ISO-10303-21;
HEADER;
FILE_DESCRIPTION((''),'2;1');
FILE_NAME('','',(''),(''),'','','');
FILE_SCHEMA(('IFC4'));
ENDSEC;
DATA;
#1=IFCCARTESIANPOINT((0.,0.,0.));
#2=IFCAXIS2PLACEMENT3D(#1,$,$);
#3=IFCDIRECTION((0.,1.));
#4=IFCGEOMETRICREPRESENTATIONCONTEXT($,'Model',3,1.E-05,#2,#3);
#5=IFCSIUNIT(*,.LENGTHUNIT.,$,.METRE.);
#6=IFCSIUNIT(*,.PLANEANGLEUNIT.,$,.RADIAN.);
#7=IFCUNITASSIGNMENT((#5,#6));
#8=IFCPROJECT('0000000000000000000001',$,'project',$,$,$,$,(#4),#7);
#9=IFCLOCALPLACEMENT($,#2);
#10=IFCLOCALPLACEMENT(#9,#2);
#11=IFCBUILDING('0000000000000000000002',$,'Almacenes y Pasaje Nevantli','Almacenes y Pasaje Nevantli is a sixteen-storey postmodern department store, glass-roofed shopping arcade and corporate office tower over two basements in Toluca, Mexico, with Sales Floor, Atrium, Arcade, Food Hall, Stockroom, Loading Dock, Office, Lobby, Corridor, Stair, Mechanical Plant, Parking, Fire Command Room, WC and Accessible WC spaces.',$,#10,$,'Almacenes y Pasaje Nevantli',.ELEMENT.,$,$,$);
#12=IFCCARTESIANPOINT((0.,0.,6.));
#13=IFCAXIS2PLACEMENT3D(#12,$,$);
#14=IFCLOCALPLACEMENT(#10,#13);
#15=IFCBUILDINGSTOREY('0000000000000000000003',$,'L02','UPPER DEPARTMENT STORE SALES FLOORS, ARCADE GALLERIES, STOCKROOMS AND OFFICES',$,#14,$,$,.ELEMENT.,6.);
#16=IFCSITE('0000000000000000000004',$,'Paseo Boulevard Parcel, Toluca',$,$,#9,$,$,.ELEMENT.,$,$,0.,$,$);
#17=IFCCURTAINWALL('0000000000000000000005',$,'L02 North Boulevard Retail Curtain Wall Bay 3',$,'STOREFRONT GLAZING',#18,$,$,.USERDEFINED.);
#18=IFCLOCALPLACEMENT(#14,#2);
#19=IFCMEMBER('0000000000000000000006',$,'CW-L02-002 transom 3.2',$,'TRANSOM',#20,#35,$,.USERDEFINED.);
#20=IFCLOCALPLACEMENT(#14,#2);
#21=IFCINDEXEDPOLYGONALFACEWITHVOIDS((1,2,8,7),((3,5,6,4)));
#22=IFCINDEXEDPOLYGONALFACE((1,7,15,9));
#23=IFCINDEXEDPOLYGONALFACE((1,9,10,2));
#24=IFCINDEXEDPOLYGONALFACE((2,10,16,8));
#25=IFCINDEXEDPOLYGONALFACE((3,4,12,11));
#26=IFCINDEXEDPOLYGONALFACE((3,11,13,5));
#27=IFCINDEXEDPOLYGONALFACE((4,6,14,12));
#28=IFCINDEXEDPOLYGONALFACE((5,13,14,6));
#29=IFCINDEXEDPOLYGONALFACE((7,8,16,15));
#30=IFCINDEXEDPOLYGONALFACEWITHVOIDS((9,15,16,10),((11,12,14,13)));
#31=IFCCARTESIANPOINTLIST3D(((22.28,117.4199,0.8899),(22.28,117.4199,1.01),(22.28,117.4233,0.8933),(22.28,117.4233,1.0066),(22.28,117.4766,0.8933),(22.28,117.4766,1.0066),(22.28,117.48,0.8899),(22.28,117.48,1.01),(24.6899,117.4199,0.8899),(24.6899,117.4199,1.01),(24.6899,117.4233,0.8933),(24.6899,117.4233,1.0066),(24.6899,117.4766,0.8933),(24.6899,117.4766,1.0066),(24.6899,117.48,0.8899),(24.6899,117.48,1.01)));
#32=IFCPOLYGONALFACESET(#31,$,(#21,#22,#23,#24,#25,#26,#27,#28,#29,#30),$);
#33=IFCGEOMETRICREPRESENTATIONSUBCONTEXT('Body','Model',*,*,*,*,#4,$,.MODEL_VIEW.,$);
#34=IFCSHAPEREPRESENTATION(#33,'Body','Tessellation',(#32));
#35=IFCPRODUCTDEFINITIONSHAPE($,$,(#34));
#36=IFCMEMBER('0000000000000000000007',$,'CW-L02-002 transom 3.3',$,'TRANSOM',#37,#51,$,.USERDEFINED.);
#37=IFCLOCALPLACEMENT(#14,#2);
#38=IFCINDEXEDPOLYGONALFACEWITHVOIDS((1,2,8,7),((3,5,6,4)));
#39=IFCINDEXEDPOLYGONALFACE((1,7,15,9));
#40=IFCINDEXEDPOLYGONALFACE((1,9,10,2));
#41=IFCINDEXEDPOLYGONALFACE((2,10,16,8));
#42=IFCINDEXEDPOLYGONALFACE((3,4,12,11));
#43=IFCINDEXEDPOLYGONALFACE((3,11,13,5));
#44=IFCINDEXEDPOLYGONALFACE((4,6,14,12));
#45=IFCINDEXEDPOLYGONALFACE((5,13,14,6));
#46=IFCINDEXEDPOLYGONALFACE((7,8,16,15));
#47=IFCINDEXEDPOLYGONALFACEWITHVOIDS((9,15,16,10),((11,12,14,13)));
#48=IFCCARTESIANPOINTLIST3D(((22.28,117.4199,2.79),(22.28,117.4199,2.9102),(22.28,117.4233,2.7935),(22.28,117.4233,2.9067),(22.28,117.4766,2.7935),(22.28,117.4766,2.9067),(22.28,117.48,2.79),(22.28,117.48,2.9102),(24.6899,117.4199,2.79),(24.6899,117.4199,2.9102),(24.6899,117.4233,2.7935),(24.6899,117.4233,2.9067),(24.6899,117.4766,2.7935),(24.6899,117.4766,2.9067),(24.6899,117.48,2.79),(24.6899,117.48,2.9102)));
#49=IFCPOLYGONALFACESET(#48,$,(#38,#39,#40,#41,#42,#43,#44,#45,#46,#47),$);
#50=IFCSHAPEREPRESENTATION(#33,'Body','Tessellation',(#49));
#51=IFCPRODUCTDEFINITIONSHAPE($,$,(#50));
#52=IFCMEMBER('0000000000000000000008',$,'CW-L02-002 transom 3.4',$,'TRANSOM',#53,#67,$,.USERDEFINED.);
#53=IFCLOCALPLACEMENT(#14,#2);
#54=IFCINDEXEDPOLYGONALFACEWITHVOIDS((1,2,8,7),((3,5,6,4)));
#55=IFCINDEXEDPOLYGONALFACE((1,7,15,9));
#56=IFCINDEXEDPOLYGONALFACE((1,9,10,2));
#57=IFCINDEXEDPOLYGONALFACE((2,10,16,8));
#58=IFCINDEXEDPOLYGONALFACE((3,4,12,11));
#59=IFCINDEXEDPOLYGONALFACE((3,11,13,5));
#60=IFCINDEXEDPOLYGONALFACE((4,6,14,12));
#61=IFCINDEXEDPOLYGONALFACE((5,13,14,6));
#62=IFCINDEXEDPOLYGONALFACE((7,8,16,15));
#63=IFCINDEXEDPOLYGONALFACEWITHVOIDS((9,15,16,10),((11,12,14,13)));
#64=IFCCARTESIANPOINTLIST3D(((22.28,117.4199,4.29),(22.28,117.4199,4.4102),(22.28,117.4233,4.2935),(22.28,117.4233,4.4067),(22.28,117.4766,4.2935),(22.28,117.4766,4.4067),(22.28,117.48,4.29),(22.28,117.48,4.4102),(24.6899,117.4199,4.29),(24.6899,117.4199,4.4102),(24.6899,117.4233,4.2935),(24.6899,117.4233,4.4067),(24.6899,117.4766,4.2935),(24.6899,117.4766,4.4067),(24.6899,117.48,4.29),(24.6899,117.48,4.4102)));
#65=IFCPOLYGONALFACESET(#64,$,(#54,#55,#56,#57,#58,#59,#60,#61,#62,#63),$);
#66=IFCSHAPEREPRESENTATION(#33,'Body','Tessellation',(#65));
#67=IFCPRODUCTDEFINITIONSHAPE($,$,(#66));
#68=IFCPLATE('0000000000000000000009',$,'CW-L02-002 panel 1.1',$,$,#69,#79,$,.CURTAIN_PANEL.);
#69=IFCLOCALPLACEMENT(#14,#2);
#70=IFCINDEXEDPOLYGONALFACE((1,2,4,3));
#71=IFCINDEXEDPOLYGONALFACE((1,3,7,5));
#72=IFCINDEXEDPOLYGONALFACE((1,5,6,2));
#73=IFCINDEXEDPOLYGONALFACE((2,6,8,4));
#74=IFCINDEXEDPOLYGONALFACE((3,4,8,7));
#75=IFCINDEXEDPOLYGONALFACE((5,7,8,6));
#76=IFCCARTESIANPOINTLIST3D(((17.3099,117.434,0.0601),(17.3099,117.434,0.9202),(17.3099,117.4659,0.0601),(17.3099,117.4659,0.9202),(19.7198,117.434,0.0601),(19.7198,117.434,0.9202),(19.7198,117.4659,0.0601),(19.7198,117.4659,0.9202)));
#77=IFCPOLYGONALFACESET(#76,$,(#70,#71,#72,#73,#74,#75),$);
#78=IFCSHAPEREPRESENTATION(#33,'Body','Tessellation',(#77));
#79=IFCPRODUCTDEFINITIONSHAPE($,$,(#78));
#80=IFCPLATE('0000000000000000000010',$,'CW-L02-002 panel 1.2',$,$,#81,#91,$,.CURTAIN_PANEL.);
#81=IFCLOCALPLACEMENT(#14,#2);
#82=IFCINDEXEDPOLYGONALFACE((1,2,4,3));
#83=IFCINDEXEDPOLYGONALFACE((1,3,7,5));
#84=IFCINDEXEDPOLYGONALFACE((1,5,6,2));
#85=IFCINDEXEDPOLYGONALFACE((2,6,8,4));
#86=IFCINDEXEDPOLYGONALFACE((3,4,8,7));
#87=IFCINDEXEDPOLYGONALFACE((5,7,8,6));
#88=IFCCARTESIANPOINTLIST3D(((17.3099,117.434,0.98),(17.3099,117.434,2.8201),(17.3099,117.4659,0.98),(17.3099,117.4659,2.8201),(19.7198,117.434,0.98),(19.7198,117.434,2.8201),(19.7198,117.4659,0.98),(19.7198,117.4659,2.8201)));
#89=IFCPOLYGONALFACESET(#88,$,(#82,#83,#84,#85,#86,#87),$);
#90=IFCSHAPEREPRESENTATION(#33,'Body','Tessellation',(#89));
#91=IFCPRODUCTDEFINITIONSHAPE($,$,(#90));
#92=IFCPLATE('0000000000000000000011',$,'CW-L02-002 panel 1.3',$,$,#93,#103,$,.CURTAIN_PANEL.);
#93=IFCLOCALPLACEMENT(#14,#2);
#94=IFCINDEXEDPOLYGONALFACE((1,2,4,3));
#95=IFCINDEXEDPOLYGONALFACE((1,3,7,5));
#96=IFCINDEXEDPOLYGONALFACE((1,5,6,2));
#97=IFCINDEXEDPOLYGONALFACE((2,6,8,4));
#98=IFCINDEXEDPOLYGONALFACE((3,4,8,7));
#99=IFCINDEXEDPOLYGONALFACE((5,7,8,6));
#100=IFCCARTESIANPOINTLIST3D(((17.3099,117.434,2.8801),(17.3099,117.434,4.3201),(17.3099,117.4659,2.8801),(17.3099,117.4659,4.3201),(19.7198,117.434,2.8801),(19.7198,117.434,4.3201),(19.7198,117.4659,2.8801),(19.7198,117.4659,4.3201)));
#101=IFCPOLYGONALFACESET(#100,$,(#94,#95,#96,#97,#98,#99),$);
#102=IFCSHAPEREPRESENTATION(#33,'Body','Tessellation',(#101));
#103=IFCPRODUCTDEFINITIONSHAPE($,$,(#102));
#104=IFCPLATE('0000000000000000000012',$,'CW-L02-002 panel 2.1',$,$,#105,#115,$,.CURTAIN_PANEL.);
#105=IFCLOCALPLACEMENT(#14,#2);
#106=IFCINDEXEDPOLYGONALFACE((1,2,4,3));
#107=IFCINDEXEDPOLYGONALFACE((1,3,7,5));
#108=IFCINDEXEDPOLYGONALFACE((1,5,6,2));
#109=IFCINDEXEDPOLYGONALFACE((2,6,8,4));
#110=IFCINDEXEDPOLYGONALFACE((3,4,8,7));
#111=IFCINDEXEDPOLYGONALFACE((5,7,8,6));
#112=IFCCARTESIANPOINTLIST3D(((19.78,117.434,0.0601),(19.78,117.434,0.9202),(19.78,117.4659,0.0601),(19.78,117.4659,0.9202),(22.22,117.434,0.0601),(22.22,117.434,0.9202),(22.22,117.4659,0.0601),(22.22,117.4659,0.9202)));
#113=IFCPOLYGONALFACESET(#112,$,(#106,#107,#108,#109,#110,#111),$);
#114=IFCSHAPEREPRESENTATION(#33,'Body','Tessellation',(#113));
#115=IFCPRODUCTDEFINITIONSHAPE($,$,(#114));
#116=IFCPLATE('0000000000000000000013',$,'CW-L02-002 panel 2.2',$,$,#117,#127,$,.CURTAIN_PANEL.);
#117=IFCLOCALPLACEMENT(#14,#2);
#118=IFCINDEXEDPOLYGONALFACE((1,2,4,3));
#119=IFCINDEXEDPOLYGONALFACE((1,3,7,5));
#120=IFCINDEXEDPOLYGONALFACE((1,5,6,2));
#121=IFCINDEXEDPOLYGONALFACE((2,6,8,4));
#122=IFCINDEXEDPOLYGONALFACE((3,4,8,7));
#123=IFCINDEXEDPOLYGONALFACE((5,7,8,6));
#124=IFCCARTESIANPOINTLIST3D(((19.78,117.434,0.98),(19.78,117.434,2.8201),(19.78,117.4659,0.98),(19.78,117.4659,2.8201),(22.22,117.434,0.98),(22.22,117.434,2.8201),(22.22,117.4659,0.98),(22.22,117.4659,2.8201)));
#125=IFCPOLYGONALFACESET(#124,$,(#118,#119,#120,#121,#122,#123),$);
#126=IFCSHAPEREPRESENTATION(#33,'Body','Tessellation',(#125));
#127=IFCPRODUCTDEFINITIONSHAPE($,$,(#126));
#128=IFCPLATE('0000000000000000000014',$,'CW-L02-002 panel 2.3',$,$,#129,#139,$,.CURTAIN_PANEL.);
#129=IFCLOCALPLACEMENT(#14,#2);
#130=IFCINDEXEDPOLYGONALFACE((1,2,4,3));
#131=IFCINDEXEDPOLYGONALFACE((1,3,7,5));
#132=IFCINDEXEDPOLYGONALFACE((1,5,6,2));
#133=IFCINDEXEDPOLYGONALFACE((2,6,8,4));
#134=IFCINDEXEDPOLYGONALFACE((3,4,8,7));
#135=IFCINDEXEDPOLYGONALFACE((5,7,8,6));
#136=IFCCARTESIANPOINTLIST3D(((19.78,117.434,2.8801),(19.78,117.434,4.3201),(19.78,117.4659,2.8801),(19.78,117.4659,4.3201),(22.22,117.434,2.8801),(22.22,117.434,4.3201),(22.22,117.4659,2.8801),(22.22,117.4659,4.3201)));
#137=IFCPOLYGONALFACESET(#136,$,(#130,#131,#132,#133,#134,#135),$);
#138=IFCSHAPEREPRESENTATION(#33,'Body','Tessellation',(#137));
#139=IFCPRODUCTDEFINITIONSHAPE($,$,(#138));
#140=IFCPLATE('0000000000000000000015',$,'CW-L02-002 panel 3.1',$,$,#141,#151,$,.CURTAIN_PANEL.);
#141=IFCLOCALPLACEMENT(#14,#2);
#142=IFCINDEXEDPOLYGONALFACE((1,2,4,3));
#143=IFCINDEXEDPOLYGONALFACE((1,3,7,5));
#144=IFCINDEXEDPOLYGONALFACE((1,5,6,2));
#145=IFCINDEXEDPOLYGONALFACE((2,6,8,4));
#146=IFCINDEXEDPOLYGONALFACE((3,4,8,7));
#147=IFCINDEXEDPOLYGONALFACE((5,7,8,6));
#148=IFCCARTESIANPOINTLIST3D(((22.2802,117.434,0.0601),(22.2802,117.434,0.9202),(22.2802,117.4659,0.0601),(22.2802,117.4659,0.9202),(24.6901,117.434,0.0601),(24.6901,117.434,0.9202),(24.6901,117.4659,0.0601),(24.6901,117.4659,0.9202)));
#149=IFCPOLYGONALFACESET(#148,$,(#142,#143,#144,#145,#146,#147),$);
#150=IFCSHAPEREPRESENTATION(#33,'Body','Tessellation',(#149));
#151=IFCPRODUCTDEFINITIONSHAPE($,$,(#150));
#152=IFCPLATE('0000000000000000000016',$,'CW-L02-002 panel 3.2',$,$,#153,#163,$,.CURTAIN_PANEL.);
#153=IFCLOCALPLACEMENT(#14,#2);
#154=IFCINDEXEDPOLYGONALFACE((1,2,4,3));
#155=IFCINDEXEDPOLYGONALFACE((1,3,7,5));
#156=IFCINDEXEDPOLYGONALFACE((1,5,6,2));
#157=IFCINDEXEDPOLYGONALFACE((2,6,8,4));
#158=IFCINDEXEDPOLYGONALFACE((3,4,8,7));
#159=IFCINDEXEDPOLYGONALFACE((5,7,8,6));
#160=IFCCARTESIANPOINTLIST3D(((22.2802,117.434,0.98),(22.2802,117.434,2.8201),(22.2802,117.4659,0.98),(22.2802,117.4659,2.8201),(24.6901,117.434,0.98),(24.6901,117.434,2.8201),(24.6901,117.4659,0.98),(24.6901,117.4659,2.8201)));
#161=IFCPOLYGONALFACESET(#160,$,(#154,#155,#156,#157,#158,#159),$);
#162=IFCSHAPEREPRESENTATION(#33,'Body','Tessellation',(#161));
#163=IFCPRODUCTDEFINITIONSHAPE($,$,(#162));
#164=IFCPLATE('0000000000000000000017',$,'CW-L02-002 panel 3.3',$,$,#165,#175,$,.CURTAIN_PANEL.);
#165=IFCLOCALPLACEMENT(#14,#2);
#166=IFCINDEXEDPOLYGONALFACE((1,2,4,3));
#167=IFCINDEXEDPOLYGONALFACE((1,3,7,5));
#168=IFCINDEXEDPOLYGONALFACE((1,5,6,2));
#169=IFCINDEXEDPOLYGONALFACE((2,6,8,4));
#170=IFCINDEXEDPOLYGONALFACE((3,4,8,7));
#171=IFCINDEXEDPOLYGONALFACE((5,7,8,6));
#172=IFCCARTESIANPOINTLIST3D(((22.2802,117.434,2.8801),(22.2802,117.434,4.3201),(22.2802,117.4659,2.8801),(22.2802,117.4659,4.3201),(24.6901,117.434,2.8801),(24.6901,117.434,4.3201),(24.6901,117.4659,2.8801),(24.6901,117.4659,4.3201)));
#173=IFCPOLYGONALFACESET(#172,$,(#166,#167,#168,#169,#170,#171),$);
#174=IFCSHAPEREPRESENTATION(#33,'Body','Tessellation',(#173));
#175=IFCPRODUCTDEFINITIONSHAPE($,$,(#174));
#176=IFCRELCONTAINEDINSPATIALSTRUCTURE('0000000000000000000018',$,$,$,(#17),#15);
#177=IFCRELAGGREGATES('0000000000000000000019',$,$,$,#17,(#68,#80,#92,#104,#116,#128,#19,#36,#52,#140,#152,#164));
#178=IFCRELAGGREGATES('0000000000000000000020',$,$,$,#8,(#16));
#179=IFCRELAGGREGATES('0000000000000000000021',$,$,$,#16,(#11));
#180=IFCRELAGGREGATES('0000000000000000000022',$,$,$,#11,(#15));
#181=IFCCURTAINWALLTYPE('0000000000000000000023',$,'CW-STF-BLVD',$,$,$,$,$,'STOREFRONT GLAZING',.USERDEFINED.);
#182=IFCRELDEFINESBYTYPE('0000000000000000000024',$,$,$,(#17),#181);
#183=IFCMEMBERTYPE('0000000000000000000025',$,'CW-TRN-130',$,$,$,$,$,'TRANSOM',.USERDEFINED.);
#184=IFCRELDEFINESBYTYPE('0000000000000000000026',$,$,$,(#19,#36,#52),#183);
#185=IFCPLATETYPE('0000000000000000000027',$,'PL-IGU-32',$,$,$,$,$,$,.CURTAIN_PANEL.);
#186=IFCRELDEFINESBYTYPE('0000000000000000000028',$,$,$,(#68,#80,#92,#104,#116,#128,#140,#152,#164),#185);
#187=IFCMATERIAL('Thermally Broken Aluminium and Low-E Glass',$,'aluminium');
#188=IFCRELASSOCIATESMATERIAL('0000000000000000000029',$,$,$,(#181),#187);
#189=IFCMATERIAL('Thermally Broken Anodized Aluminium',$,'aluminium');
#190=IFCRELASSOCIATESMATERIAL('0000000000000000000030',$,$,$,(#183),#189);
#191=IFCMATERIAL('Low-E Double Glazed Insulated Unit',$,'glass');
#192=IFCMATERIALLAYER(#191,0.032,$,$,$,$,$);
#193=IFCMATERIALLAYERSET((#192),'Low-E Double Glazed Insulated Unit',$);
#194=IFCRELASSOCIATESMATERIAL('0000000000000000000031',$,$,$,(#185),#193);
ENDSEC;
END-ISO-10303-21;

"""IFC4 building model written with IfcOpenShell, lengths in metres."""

from ifc_helpers import new_model, si_unit, direction, frame, origin, origin_2d, place, context, subcontext, project, spatial, rectangle, hollow_rectangle, extrude, material, layer, layer_set, material_profile, profile_set, type_object, element, aggregate, save


model = new_model("IFC4")

# Units and contexts
model_context = context("Model", 3, precision=1e-05, world=origin(), true_north=direction((0.0, 1.0)))
body_context = subcontext(model_context, "Body", "Model", "MODEL_VIEW")
ifc_project = project(units=[si_unit("LENGTHUNIT", "METRE"), si_unit("PLANEANGLEUNIT", "RADIAN")], contexts=[model_context])

# Site, building, storey
site_placement = place(None, origin())
site = spatial("IfcSite", under=ifc_project, at=site_placement, Name="Paseo Boulevard Parcel, Toluca", CompositionType="ELEMENT", RefElevation=0.0)
building_placement = place(site_placement, origin())
building = spatial("IfcBuilding", under=site, at=building_placement, Name="Almacenes y Pasaje Nevantli", Description="Almacenes y Pasaje Nevantli is a sixteen-storey postmodern department store, glass-roofed shopping arcade and corporate office tower over two basements in Toluca, Mexico, with Sales Floor, Atrium, Arcade, Food Hall, Stockroom, Loading Dock, Office, Lobby, Corridor, Stair, Mechanical Plant, Parking, Fire Command Room, WC and Accessible WC spaces.", LongName="Almacenes y Pasaje Nevantli", CompositionType="ELEMENT")
storey_placement = place(building_placement, frame((0.0, 0.0, 6.0)))
storey = spatial("IfcBuildingStorey", under=building, at=storey_placement, Name="L02", Description="UPPER DEPARTMENT STORE SALES FLOORS, ARCADE GALLERIES, STOCKROOMS AND OFFICES", CompositionType="ELEMENT", Elevation=6.0)

# Curtain wall, members, plates
ifc_material_1 = material(Name="Thermally Broken Aluminium and Low-E Glass", Category="aluminium")
curtain_wall_type = type_object("IfcCurtainWallType", Name="CW-STF-BLVD", ElementType="STOREFRONT GLAZING", PredefinedType="USERDEFINED", material=ifc_material_1)
curtain_wall_placement = place(storey_placement, origin())
curtain_wall = element("IfcCurtainWall", 1, at=curtain_wall_placement, inside=storey, type_object=curtain_wall_type, Name="L02 North Boulevard Retail Curtain Wall Bay 3", ObjectType="STOREFRONT GLAZING", PredefinedType="USERDEFINED")
ifc_material_2 = material(Name="Thermally Broken Anodized Aluminium", Category="aluminium")
ifc_material_profile_1 = material_profile(ifc_material_2, hollow_rectangle(XDim=0.0601, YDim=0.1201, WallThickness=0.0034, at=origin_2d()), Name="ALU-TRN-60x120")
ifc_profile_set_1 = profile_set([ifc_material_profile_1], Name="Thermally Broken Anodized Aluminium")
member_type_1 = type_object("IfcMemberType", Name="CW-TRN-130", ElementType="TRANSOM", PredefinedType="USERDEFINED", material=ifc_profile_set_1)
member_1_placement = place(storey_placement, frame((22.28, 117.45, 0.95), z_axis=(1.0, 0.0, 0.0), x_axis=(0.0, 1.0, 0.0)))
member_1 = element("IfcMember", 2, at=member_1_placement, type_object=member_type_1, Name="CW-L02-002 transom 3.2", ObjectType="TRANSOM", PredefinedType="USERDEFINED", context=body_context, shape_type="SweptSolid", body=[
    extrude(hollow_rectangle(XDim=0.0601, YDim=0.1201, WallThickness=0.0034, at=origin_2d()), origin(), (0.0, 0.0, 1.0), 2.4099),
])
member_2_placement = place(storey_placement, frame((22.28, 117.45, 2.8501), z_axis=(1.0, 0.0, 0.0), x_axis=(0.0, 1.0, 0.0)))
member_2 = element("IfcMember", 3, at=member_2_placement, type_object=member_type_1, Name="CW-L02-002 transom 3.3", ObjectType="TRANSOM", PredefinedType="USERDEFINED", context=body_context, shape_type="SweptSolid", body=[
    extrude(hollow_rectangle(XDim=0.0601, YDim=0.1201, WallThickness=0.0034, at=origin_2d()), origin(), (0.0, 0.0, 1.0), 2.4099),
])
member_3_placement = place(storey_placement, frame((22.28, 117.45, 4.3501), z_axis=(1.0, 0.0, 0.0), x_axis=(0.0, 1.0, 0.0)))
member_3 = element("IfcMember", 4, at=member_3_placement, type_object=member_type_1, Name="CW-L02-002 transom 3.4", ObjectType="TRANSOM", PredefinedType="USERDEFINED", context=body_context, shape_type="SweptSolid", body=[
    extrude(hollow_rectangle(XDim=0.0601, YDim=0.1201, WallThickness=0.0034, at=origin_2d()), origin(), (0.0, 0.0, 1.0), 2.4099),
])
ifc_material_3 = material(Name="Low-E Double Glazed Insulated Unit", Category="glass")
ifc_layer_1 = layer(ifc_material_3, 0.032)
ifc_layer_set_1 = layer_set([ifc_layer_1], Name="Low-E Double Glazed Insulated Unit")
plate_type = type_object("IfcPlateType", Name="PL-IGU-32", PredefinedType="CURTAIN_PANEL", material=ifc_layer_set_1)
plate_1_placement = place(storey_placement, frame((18.5149, 117.45, 0.0601), z_axis=(0.0, 0.0, 1.0), x_axis=(1.0, 0.0, 0.0)))
plate_1 = element("IfcPlate", 5, at=plate_1_placement, type_object=plate_type, Name="CW-L02-002 panel 1.1", PredefinedType="CURTAIN_PANEL", context=body_context, shape_type="SweptSolid", body=[
    extrude(rectangle(XDim=2.4099, YDim=0.032, at=origin_2d()), origin(), (0.0, 0.0, 1.0), 0.8601),
])
plate_2_placement = place(storey_placement, frame((18.5149, 117.45, 0.98), z_axis=(0.0, 0.0, 1.0), x_axis=(1.0, 0.0, 0.0)))
plate_2 = element("IfcPlate", 6, at=plate_2_placement, type_object=plate_type, Name="CW-L02-002 panel 1.2", PredefinedType="CURTAIN_PANEL", context=body_context, shape_type="SweptSolid", body=[
    extrude(rectangle(XDim=2.4099, YDim=0.032, at=origin_2d()), origin(), (0.0, 0.0, 1.0), 1.8401),
])
plate_3_placement = place(storey_placement, frame((18.5149, 117.45, 2.8801), z_axis=(0.0, 0.0, 1.0), x_axis=(1.0, 0.0, 0.0)))
plate_3 = element("IfcPlate", 7, at=plate_3_placement, type_object=plate_type, Name="CW-L02-002 panel 1.3", PredefinedType="CURTAIN_PANEL", context=body_context, shape_type="SweptSolid", body=[
    extrude(rectangle(XDim=2.4099, YDim=0.032, at=origin_2d()), origin(), (0.0, 0.0, 1.0), 1.4399),
])
plate_4_placement = place(storey_placement, frame((21.0, 117.45, 0.0601), z_axis=(0.0, 0.0, 1.0), x_axis=(1.0, 0.0, 0.0)))
plate_4 = element("IfcPlate", 8, at=plate_4_placement, type_object=plate_type, Name="CW-L02-002 panel 2.1", PredefinedType="CURTAIN_PANEL", context=body_context, shape_type="SweptSolid", body=[
    extrude(rectangle(XDim=2.4399, YDim=0.032, at=origin_2d()), origin(), (0.0, 0.0, 1.0), 0.8601),
])
plate_5_placement = place(storey_placement, frame((21.0, 117.45, 0.98), z_axis=(0.0, 0.0, 1.0), x_axis=(1.0, 0.0, 0.0)))
plate_5 = element("IfcPlate", 9, at=plate_5_placement, type_object=plate_type, Name="CW-L02-002 panel 2.2", PredefinedType="CURTAIN_PANEL", context=body_context, shape_type="SweptSolid", body=[
    extrude(rectangle(XDim=2.4399, YDim=0.032, at=origin_2d()), origin(), (0.0, 0.0, 1.0), 1.8401),
])
plate_6_placement = place(storey_placement, frame((21.0, 117.45, 2.8801), z_axis=(0.0, 0.0, 1.0), x_axis=(1.0, 0.0, 0.0)))
plate_6 = element("IfcPlate", 10, at=plate_6_placement, type_object=plate_type, Name="CW-L02-002 panel 2.3", PredefinedType="CURTAIN_PANEL", context=body_context, shape_type="SweptSolid", body=[
    extrude(rectangle(XDim=2.4399, YDim=0.032, at=origin_2d()), origin(), (0.0, 0.0, 1.0), 1.4399),
])
plate_7_placement = place(storey_placement, frame((23.4851, 117.45, 0.0601), z_axis=(0.0, 0.0, 1.0), x_axis=(1.0, 0.0, 0.0)))
plate_7 = element("IfcPlate", 11, at=plate_7_placement, type_object=plate_type, Name="CW-L02-002 panel 3.1", PredefinedType="CURTAIN_PANEL", context=body_context, shape_type="SweptSolid", body=[
    extrude(rectangle(XDim=2.4099, YDim=0.032, at=origin_2d()), origin(), (0.0, 0.0, 1.0), 0.8601),
])
plate_8_placement = place(storey_placement, frame((23.4851, 117.45, 0.98), z_axis=(0.0, 0.0, 1.0), x_axis=(1.0, 0.0, 0.0)))
plate_8 = element("IfcPlate", 12, at=plate_8_placement, type_object=plate_type, Name="CW-L02-002 panel 3.2", PredefinedType="CURTAIN_PANEL", context=body_context, shape_type="SweptSolid", body=[
    extrude(rectangle(XDim=2.4099, YDim=0.032, at=origin_2d()), origin(), (0.0, 0.0, 1.0), 1.8401),
])
plate_9_placement = place(storey_placement, frame((23.4851, 117.45, 2.8801), z_axis=(0.0, 0.0, 1.0), x_axis=(1.0, 0.0, 0.0)))
plate_9 = element("IfcPlate", 13, at=plate_9_placement, type_object=plate_type, Name="CW-L02-002 panel 3.3", PredefinedType="CURTAIN_PANEL", context=body_context, shape_type="SweptSolid", body=[
    extrude(rectangle(XDim=2.4099, YDim=0.032, at=origin_2d()), origin(), (0.0, 0.0, 1.0), 1.4399),
])
aggregate(curtain_wall, [plate_1, plate_2, plate_3, plate_4, plate_5, plate_6, member_1, member_2, member_3, plate_7, plate_8, plate_9])

save(model, "model.ifc")
